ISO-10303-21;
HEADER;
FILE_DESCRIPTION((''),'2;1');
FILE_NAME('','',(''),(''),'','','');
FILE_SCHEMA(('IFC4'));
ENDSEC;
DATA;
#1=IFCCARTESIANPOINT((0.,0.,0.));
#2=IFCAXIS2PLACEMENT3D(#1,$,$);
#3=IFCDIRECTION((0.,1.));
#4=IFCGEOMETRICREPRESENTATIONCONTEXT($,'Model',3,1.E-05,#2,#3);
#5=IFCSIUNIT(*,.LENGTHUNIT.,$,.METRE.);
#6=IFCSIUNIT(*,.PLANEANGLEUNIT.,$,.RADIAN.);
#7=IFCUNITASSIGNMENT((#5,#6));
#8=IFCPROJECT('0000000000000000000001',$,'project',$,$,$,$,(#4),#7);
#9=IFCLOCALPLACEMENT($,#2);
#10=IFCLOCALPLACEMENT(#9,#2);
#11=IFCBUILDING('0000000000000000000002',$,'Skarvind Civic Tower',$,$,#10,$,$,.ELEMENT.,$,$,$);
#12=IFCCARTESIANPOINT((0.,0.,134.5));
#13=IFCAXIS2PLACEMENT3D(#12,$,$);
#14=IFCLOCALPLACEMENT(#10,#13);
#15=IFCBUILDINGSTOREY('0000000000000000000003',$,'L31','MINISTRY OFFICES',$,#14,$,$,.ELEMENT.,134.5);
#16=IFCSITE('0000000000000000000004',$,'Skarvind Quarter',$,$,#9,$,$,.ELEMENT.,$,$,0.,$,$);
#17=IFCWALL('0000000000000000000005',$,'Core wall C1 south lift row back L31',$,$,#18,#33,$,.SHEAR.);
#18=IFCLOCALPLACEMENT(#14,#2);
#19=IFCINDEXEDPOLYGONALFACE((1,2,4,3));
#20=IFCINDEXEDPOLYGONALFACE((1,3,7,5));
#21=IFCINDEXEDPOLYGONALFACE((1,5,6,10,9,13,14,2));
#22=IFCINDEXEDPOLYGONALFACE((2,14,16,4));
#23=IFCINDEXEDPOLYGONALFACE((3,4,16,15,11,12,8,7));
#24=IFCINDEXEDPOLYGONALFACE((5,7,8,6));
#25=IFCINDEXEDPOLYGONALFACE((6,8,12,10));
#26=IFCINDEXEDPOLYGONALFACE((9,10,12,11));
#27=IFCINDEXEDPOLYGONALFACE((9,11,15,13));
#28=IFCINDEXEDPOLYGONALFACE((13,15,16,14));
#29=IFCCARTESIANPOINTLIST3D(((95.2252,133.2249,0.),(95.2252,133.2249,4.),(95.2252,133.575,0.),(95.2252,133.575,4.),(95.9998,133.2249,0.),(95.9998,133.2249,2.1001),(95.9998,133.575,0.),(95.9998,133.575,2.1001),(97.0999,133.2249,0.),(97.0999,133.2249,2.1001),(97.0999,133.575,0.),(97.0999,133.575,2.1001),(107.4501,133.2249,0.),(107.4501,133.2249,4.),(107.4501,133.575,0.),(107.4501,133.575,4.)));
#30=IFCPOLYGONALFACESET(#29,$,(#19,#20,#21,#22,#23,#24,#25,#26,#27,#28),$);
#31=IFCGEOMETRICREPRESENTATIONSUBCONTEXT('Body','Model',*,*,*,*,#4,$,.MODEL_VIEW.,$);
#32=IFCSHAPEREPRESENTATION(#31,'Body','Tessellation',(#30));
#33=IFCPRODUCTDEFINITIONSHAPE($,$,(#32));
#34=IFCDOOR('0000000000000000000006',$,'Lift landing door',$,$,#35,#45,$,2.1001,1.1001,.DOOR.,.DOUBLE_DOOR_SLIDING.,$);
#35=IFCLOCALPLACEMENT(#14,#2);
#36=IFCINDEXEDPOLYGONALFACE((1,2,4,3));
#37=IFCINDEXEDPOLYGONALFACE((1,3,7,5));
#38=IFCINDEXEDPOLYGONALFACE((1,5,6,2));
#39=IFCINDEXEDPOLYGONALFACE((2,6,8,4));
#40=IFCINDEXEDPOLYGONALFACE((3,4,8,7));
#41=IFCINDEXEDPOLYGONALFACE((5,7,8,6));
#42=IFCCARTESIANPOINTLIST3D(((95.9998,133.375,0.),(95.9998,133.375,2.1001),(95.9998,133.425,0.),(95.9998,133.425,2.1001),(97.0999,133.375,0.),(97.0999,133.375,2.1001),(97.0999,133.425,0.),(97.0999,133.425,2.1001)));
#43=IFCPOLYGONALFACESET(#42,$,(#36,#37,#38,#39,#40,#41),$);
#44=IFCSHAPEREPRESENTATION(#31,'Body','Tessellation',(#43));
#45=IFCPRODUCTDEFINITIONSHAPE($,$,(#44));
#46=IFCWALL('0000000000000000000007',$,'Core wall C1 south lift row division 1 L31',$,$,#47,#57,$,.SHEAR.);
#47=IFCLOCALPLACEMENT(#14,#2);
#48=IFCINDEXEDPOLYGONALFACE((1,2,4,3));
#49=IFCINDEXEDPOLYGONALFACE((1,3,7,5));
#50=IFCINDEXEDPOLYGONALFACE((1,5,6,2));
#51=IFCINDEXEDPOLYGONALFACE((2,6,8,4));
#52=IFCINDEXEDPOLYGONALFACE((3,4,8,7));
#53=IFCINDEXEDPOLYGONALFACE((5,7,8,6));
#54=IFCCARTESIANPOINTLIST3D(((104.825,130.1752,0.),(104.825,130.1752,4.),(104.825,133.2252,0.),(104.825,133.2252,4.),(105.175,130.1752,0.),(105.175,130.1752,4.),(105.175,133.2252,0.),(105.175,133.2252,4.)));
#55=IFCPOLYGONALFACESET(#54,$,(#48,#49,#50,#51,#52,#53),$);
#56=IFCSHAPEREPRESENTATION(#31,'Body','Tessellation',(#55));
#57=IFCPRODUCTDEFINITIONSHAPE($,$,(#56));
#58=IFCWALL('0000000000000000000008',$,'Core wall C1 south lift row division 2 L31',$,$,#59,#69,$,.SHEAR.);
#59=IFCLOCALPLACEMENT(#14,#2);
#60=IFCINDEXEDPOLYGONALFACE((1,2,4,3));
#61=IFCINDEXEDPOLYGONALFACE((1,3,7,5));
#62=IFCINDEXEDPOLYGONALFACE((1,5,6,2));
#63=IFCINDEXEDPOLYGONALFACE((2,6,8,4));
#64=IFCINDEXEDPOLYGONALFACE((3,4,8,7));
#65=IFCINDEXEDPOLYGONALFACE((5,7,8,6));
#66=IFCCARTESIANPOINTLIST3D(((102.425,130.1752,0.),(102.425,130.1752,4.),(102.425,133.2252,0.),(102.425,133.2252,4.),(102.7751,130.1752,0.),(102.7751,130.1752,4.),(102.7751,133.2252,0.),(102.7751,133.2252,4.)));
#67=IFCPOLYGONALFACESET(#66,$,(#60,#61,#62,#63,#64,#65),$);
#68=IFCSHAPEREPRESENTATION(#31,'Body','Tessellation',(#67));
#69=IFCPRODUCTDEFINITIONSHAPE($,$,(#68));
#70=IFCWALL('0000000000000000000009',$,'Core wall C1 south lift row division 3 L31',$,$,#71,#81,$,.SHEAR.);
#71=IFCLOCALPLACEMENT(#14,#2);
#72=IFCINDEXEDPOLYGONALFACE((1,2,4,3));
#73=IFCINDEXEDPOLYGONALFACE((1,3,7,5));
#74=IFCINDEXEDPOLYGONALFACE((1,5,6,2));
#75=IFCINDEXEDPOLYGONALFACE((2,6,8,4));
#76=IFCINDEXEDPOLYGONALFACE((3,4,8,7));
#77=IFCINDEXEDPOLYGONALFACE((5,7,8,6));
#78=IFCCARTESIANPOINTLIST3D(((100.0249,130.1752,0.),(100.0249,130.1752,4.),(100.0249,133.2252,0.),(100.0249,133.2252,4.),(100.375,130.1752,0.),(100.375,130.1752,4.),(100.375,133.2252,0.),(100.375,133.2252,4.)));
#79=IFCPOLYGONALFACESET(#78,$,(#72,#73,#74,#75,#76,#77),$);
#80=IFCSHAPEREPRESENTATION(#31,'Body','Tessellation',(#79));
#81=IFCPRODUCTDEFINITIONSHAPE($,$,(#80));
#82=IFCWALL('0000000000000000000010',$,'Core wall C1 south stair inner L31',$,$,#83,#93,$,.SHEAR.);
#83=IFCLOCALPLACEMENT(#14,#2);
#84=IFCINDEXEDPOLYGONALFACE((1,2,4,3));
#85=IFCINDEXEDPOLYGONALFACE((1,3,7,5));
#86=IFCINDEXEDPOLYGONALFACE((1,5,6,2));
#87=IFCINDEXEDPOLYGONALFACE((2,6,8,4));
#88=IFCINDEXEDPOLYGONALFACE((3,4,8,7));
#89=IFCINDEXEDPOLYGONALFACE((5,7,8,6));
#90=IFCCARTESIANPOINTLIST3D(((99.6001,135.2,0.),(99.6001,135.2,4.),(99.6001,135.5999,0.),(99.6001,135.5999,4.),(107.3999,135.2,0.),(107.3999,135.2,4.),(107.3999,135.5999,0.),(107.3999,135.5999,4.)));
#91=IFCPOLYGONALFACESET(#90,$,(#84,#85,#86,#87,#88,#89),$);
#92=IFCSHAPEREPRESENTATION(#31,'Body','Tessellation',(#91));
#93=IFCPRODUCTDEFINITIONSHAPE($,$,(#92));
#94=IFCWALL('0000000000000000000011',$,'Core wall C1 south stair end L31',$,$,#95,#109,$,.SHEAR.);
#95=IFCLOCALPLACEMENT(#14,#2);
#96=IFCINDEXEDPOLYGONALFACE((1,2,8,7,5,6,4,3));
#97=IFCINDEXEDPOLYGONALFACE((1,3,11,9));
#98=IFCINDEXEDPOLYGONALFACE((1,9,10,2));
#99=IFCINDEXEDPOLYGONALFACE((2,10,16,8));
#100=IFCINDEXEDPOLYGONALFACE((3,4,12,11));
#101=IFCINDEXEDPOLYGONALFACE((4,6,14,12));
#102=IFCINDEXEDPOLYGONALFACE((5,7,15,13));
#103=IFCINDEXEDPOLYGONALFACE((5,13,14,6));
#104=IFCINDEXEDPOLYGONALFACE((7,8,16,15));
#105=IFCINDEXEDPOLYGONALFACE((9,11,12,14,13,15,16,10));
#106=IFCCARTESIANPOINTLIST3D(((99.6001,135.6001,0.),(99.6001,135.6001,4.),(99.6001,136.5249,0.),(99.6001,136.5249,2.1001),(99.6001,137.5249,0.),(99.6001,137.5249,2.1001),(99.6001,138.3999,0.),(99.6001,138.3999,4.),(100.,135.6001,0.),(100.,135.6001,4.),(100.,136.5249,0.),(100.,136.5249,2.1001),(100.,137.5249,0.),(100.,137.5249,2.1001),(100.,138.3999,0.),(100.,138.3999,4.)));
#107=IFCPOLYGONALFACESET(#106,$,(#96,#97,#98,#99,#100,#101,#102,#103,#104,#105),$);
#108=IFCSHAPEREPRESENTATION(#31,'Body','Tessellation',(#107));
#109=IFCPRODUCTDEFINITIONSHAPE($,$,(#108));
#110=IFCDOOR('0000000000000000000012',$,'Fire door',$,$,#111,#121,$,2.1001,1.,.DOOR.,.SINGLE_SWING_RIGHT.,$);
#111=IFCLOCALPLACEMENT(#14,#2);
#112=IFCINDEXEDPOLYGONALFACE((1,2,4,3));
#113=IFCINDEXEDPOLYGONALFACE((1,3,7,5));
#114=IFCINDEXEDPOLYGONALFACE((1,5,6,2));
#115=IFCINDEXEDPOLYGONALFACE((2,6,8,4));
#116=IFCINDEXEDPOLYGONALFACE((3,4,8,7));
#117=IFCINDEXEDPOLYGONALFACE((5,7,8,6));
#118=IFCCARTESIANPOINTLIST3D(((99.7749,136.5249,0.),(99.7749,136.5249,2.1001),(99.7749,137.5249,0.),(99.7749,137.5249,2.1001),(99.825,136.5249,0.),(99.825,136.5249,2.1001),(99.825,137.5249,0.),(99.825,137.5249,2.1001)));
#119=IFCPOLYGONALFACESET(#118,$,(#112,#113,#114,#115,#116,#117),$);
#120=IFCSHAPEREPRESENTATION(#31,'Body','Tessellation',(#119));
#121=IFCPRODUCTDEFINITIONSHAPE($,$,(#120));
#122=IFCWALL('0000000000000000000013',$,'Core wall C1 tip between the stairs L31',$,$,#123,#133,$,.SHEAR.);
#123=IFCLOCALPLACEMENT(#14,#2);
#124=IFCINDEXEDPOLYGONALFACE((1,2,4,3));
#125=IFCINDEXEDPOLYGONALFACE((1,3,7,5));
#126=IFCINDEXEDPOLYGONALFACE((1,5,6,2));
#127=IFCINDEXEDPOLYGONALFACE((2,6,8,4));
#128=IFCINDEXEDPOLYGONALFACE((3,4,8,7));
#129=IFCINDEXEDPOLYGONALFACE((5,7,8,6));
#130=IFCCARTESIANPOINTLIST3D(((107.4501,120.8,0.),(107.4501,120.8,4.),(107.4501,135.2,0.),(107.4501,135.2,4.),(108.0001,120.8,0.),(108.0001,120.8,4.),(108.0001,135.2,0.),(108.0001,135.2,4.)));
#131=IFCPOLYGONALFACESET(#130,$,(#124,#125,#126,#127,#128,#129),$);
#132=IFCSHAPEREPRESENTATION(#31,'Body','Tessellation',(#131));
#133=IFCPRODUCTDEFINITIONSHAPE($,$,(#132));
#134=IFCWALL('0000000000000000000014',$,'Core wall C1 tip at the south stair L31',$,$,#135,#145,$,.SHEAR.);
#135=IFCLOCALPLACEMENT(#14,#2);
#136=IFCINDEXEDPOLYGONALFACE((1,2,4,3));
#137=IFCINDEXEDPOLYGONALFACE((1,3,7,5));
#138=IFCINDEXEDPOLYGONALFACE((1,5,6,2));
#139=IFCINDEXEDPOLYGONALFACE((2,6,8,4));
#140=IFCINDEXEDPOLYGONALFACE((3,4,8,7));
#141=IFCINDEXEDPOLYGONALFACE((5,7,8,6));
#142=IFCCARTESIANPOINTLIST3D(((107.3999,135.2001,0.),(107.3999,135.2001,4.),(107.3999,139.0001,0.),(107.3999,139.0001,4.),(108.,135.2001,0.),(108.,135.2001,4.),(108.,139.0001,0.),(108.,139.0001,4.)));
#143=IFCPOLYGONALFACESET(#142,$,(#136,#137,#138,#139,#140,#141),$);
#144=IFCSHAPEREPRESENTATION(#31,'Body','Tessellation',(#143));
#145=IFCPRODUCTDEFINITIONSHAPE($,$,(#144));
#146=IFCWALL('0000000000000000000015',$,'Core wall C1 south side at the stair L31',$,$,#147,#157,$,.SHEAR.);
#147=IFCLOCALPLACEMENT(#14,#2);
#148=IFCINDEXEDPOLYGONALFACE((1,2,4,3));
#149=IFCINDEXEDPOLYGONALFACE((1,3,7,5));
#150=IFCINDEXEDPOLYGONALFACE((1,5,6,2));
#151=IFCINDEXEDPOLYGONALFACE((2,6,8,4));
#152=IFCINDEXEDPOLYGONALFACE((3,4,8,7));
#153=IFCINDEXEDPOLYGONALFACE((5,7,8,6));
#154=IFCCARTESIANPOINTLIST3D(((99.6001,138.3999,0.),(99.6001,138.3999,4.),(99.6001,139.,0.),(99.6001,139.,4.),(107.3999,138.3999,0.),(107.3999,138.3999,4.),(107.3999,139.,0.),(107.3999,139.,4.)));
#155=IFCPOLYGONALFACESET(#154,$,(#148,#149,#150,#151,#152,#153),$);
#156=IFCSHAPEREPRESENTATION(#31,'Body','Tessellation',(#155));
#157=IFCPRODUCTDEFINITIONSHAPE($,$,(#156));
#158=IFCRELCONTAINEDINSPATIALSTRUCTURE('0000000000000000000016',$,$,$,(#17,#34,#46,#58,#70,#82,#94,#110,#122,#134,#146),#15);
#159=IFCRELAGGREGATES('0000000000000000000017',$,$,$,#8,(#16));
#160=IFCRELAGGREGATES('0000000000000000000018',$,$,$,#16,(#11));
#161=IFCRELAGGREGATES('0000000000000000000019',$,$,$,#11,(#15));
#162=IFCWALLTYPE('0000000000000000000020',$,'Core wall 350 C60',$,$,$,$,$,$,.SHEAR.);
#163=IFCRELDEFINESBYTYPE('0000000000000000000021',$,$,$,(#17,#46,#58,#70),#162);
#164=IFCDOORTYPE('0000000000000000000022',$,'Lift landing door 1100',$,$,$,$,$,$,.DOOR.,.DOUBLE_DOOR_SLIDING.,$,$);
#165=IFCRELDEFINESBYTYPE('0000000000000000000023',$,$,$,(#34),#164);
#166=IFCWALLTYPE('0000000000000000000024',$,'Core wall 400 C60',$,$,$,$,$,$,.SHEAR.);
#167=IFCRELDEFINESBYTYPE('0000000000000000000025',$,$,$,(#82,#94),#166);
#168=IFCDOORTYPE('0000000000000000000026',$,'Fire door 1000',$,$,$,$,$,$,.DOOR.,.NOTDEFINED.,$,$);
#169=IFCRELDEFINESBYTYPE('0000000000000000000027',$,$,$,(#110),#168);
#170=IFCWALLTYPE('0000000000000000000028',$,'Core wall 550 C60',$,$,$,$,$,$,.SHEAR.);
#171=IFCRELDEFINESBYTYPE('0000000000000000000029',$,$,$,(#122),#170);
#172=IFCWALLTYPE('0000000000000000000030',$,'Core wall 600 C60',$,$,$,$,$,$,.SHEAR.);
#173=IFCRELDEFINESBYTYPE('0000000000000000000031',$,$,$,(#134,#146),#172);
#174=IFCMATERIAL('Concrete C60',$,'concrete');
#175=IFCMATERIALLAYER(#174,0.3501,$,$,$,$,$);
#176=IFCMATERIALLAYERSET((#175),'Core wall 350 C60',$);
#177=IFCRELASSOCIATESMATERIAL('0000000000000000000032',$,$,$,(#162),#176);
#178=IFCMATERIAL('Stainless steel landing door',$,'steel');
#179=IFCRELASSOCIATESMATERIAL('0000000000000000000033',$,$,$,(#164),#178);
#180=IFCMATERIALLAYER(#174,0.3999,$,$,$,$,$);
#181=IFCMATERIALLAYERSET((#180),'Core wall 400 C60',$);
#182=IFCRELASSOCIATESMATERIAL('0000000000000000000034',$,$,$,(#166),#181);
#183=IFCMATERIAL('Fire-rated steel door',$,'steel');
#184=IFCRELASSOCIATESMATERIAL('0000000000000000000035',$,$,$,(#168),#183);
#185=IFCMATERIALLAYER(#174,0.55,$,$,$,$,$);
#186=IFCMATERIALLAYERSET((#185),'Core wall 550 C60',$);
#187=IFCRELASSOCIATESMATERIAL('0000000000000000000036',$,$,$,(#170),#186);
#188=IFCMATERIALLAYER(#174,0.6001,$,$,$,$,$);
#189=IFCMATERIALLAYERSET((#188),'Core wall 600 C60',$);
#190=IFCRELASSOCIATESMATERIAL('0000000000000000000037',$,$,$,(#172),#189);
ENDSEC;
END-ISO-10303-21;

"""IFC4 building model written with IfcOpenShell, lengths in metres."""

from ifc_helpers import new_model, si_unit, direction, frame, frame_2d, origin, place, context, subcontext, project, spatial, rectangle, extrude, material, layer, layer_set, type_object, element, fill, save


model = new_model("IFC4")

# Units and contexts
model_context = context("Model", 3, precision=1e-05, world=origin(), true_north=direction((0.0, 1.0)))
body_context = subcontext(model_context, "Body", "Model", "MODEL_VIEW")
ifc_project = project(units=[si_unit("LENGTHUNIT", "METRE"), si_unit("PLANEANGLEUNIT", "RADIAN")], contexts=[model_context])

# Site, building, storey
site_placement = place(None, origin())
site = spatial("IfcSite", under=ifc_project, at=site_placement, Name="Skarvind Quarter", CompositionType="ELEMENT", RefElevation=0.0)
building_placement = place(site_placement, origin())
building = spatial("IfcBuilding", under=site, at=building_placement, Name="Skarvind Civic Tower", CompositionType="ELEMENT")
storey_placement = place(building_placement, frame((0.0, 0.0, 134.5)))
storey = spatial("IfcBuildingStorey", under=building, at=storey_placement, Name="L31", Description="MINISTRY OFFICES", CompositionType="ELEMENT", Elevation=134.5)

# Wall, opening, door
ifc_material_1 = material(Name="Concrete C60", Category="concrete")
ifc_layer_1 = layer(ifc_material_1, 0.3501)
ifc_layer_set_1 = layer_set([ifc_layer_1], Name="Core wall 350 C60")
wall_type_1 = type_object("IfcWallType", Name="Core wall 350 C60", PredefinedType="SHEAR", material=ifc_layer_set_1)
wall_1_placement = place(storey_placement, frame((107.45, 133.3999, 0.0), z_axis=(0.0, 0.0, 1.0), x_axis=(-1.0, 0.0, 0.0)))
wall_1 = element("IfcWall", 1, at=wall_1_placement, inside=storey, type_object=wall_type_1, Name="Core wall C1 south lift row back L31", PredefinedType="SHEAR", context=body_context, shape_type="SweptSolid", body=[
    extrude(rectangle(XDim=12.2249, YDim=0.3501, at=frame_2d((6.1123, 0.0))), origin(), (0.0, 0.0, 1.0), 4.0),
])
opening_1_placement = place(wall_1_placement, frame((10.3501, 0.0, 0.0)))
opening_1 = element("IfcOpeningElement", 2, at=opening_1_placement, cuts=wall_1, PredefinedType="OPENING", context=body_context, shape_type="SweptSolid", body=[
    extrude(rectangle(XDim=1.1001, YDim=2.1001, at=frame_2d((0.55, 1.05))), frame((0.0, 0.1851, 0.0), z_axis=(0.0, -1.0, 0.0), x_axis=(1.0, 0.0, 0.0)), (0.0, 0.0, 1.0), 0.3701),
])
ifc_material_2 = material(Name="Stainless steel landing door", Category="steel")
door_type_1 = type_object("IfcDoorType", Name="Lift landing door 1100", OperationType="DOUBLE_DOOR_SLIDING", PredefinedType="DOOR", material=ifc_material_2)
door_1_placement = place(opening_1_placement, origin())
door_1 = element("IfcDoor", 3, at=door_1_placement, inside=storey, type_object=door_type_1, Name="Lift landing door", OperationType="DOUBLE_DOOR_SLIDING", OverallHeight=2.1001, OverallWidth=1.1001, PredefinedType="DOOR", context=body_context, shape_type="SweptSolid", body=[
    extrude(rectangle(XDim=1.1001, YDim=2.1001, at=frame_2d((0.55, 1.05))), frame((0.0, 0.0249, 0.0), z_axis=(0.0, -1.0, 0.0), x_axis=(1.0, 0.0, 0.0)), (0.0, 0.0, 1.0), 0.05),
])
fill(opening_1, door_1)

# Walls
for number, where, z_axis, x_axis, name in (
    (4, (105.0, 133.2251, 0.0), (0.0, 0.0, 1.0), (0.0, -1.0, 0.0), "Core wall C1 south lift row division 1 L31"),
    (5, (102.6001, 133.2251, 0.0), (0.0, 0.0, 1.0), (0.0, -1.0, 0.0), "Core wall C1 south lift row division 2 L31"),
    (6, (100.2, 133.2251, 0.0), (0.0, 0.0, 1.0), (0.0, -1.0, 0.0), "Core wall C1 south lift row division 3 L31"),
):
    element("IfcWall", number, at=place(storey_placement, frame(where, z_axis=z_axis, x_axis=x_axis)), inside=storey, type_object=wall_type_1, Name=name, PredefinedType="SHEAR", context=body_context, shape_type="SweptSolid", body=[
        extrude(rectangle(XDim=3.05, YDim=0.3501, at=frame_2d((1.5249, 0.0))), origin(), (0.0, 0.0, 1.0), 4.0),
    ])
ifc_layer_2 = layer(ifc_material_1, 0.3999)
ifc_layer_set_2 = layer_set([ifc_layer_2], Name="Core wall 400 C60")
wall_type_2 = type_object("IfcWallType", Name="Core wall 400 C60", PredefinedType="SHEAR", material=ifc_layer_set_2)
wall_2_placement = place(storey_placement, frame((107.3999, 135.3999, 0.0), z_axis=(0.0, 0.0, 1.0), x_axis=(-1.0, 0.0, 0.0)))
element("IfcWall", 7, at=wall_2_placement, inside=storey, type_object=wall_type_2, Name="Core wall C1 south stair inner L31", PredefinedType="SHEAR", context=body_context, shape_type="SweptSolid", body=[
    extrude(rectangle(XDim=7.7998, YDim=0.3999, at=frame_2d((3.8999, 0.0))), origin(), (0.0, 0.0, 1.0), 4.0),
])

# Wall, opening, door
wall_3_placement = place(storey_placement, frame((99.8, 138.3999, 0.0), z_axis=(0.0, 0.0, 1.0), x_axis=(0.0, -1.0, 0.0)))
wall_3 = element("IfcWall", 8, at=wall_3_placement, inside=storey, type_object=wall_type_2, Name="Core wall C1 south stair end L31", PredefinedType="SHEAR", context=body_context, shape_type="SweptSolid", body=[
    extrude(rectangle(XDim=2.7998, YDim=0.3999, at=frame_2d((1.3999, 0.0))), origin(), (0.0, 0.0, 1.0), 4.0),
])
opening_2_placement = place(wall_3_placement, frame((0.875, 0.0, 0.0)))
opening_2 = element("IfcOpeningElement", 9, at=opening_2_placement, cuts=wall_3, PredefinedType="OPENING", context=body_context, shape_type="SweptSolid", body=[
    extrude(rectangle(XDim=1.0, YDim=2.1001, at=frame_2d((0.5, 1.05))), frame((0.0, 0.21, 0.0), z_axis=(0.0, -1.0, 0.0), x_axis=(1.0, 0.0, 0.0)), (0.0, 0.0, 1.0), 0.4199),
])
ifc_material_3 = material(Name="Fire-rated steel door", Category="steel")
door_type_2 = type_object("IfcDoorType", Name="Fire door 1000", OperationType="NOTDEFINED", PredefinedType="DOOR", material=ifc_material_3)
door_2_placement = place(opening_2_placement, origin())
door_2 = element("IfcDoor", 10, at=door_2_placement, inside=storey, type_object=door_type_2, Name="Fire door", OperationType="SINGLE_SWING_RIGHT", OverallHeight=2.1001, OverallWidth=1.0, PredefinedType="DOOR", context=body_context, shape_type="SweptSolid", body=[
    extrude(rectangle(XDim=1.0, YDim=2.1001, at=frame_2d((0.5, 1.05))), frame((0.0, 0.0249, 0.0), z_axis=(0.0, -1.0, 0.0), x_axis=(1.0, 0.0, 0.0)), (0.0, 0.0, 1.0), 0.05),
])
fill(opening_2, door_2)

# Walls
ifc_layer_3 = layer(ifc_material_1, 0.55)
ifc_layer_set_3 = layer_set([ifc_layer_3], Name="Core wall 550 C60")
wall_type_3 = type_object("IfcWallType", Name="Core wall 550 C60", PredefinedType="SHEAR", material=ifc_layer_set_3)
wall_4_placement = place(storey_placement, frame((107.7251, 135.2, 0.0), z_axis=(0.0, 0.0, 1.0), x_axis=(0.0, -1.0, 0.0)))
element("IfcWall", 11, at=wall_4_placement, inside=storey, type_object=wall_type_3, Name="Core wall C1 tip between the stairs L31", PredefinedType="SHEAR", context=body_context, shape_type="SweptSolid", body=[
    extrude(rectangle(XDim=14.3999, YDim=0.55, at=frame_2d((7.2, 0.0))), origin(), (0.0, 0.0, 1.0), 4.0),
])
ifc_layer_4 = layer(ifc_material_1, 0.6001)
ifc_layer_set_4 = layer_set([ifc_layer_4], Name="Core wall 600 C60")
wall_type_4 = type_object("IfcWallType", Name="Core wall 600 C60", PredefinedType="SHEAR", material=ifc_layer_set_4)
wall_5_placement = place(storey_placement, frame((107.7, 139.0, 0.0), z_axis=(0.0, 0.0, 1.0), x_axis=(0.0, -1.0, 0.0)))
element("IfcWall", 12, at=wall_5_placement, inside=storey, type_object=wall_type_4, Name="Core wall C1 tip at the south stair L31", PredefinedType="SHEAR", context=body_context, shape_type="SweptSolid", body=[
    extrude(rectangle(XDim=3.8, YDim=0.6001, at=frame_2d((1.8999, 0.0))), origin(), (0.0, 0.0, 1.0), 4.0),
])
wall_6_placement = place(storey_placement, frame((107.3999, 138.7, 0.0), z_axis=(0.0, 0.0, 1.0), x_axis=(-1.0, 0.0, 0.0)))
element("IfcWall", 13, at=wall_6_placement, inside=storey, type_object=wall_type_4, Name="Core wall C1 south side at the stair L31", PredefinedType="SHEAR", context=body_context, shape_type="SweptSolid", body=[
    extrude(rectangle(XDim=7.7998, YDim=0.6001, at=frame_2d((3.8999, 0.0))), origin(), (0.0, 0.0, 1.0), 4.0),
])

save(model, "model.ifc")
